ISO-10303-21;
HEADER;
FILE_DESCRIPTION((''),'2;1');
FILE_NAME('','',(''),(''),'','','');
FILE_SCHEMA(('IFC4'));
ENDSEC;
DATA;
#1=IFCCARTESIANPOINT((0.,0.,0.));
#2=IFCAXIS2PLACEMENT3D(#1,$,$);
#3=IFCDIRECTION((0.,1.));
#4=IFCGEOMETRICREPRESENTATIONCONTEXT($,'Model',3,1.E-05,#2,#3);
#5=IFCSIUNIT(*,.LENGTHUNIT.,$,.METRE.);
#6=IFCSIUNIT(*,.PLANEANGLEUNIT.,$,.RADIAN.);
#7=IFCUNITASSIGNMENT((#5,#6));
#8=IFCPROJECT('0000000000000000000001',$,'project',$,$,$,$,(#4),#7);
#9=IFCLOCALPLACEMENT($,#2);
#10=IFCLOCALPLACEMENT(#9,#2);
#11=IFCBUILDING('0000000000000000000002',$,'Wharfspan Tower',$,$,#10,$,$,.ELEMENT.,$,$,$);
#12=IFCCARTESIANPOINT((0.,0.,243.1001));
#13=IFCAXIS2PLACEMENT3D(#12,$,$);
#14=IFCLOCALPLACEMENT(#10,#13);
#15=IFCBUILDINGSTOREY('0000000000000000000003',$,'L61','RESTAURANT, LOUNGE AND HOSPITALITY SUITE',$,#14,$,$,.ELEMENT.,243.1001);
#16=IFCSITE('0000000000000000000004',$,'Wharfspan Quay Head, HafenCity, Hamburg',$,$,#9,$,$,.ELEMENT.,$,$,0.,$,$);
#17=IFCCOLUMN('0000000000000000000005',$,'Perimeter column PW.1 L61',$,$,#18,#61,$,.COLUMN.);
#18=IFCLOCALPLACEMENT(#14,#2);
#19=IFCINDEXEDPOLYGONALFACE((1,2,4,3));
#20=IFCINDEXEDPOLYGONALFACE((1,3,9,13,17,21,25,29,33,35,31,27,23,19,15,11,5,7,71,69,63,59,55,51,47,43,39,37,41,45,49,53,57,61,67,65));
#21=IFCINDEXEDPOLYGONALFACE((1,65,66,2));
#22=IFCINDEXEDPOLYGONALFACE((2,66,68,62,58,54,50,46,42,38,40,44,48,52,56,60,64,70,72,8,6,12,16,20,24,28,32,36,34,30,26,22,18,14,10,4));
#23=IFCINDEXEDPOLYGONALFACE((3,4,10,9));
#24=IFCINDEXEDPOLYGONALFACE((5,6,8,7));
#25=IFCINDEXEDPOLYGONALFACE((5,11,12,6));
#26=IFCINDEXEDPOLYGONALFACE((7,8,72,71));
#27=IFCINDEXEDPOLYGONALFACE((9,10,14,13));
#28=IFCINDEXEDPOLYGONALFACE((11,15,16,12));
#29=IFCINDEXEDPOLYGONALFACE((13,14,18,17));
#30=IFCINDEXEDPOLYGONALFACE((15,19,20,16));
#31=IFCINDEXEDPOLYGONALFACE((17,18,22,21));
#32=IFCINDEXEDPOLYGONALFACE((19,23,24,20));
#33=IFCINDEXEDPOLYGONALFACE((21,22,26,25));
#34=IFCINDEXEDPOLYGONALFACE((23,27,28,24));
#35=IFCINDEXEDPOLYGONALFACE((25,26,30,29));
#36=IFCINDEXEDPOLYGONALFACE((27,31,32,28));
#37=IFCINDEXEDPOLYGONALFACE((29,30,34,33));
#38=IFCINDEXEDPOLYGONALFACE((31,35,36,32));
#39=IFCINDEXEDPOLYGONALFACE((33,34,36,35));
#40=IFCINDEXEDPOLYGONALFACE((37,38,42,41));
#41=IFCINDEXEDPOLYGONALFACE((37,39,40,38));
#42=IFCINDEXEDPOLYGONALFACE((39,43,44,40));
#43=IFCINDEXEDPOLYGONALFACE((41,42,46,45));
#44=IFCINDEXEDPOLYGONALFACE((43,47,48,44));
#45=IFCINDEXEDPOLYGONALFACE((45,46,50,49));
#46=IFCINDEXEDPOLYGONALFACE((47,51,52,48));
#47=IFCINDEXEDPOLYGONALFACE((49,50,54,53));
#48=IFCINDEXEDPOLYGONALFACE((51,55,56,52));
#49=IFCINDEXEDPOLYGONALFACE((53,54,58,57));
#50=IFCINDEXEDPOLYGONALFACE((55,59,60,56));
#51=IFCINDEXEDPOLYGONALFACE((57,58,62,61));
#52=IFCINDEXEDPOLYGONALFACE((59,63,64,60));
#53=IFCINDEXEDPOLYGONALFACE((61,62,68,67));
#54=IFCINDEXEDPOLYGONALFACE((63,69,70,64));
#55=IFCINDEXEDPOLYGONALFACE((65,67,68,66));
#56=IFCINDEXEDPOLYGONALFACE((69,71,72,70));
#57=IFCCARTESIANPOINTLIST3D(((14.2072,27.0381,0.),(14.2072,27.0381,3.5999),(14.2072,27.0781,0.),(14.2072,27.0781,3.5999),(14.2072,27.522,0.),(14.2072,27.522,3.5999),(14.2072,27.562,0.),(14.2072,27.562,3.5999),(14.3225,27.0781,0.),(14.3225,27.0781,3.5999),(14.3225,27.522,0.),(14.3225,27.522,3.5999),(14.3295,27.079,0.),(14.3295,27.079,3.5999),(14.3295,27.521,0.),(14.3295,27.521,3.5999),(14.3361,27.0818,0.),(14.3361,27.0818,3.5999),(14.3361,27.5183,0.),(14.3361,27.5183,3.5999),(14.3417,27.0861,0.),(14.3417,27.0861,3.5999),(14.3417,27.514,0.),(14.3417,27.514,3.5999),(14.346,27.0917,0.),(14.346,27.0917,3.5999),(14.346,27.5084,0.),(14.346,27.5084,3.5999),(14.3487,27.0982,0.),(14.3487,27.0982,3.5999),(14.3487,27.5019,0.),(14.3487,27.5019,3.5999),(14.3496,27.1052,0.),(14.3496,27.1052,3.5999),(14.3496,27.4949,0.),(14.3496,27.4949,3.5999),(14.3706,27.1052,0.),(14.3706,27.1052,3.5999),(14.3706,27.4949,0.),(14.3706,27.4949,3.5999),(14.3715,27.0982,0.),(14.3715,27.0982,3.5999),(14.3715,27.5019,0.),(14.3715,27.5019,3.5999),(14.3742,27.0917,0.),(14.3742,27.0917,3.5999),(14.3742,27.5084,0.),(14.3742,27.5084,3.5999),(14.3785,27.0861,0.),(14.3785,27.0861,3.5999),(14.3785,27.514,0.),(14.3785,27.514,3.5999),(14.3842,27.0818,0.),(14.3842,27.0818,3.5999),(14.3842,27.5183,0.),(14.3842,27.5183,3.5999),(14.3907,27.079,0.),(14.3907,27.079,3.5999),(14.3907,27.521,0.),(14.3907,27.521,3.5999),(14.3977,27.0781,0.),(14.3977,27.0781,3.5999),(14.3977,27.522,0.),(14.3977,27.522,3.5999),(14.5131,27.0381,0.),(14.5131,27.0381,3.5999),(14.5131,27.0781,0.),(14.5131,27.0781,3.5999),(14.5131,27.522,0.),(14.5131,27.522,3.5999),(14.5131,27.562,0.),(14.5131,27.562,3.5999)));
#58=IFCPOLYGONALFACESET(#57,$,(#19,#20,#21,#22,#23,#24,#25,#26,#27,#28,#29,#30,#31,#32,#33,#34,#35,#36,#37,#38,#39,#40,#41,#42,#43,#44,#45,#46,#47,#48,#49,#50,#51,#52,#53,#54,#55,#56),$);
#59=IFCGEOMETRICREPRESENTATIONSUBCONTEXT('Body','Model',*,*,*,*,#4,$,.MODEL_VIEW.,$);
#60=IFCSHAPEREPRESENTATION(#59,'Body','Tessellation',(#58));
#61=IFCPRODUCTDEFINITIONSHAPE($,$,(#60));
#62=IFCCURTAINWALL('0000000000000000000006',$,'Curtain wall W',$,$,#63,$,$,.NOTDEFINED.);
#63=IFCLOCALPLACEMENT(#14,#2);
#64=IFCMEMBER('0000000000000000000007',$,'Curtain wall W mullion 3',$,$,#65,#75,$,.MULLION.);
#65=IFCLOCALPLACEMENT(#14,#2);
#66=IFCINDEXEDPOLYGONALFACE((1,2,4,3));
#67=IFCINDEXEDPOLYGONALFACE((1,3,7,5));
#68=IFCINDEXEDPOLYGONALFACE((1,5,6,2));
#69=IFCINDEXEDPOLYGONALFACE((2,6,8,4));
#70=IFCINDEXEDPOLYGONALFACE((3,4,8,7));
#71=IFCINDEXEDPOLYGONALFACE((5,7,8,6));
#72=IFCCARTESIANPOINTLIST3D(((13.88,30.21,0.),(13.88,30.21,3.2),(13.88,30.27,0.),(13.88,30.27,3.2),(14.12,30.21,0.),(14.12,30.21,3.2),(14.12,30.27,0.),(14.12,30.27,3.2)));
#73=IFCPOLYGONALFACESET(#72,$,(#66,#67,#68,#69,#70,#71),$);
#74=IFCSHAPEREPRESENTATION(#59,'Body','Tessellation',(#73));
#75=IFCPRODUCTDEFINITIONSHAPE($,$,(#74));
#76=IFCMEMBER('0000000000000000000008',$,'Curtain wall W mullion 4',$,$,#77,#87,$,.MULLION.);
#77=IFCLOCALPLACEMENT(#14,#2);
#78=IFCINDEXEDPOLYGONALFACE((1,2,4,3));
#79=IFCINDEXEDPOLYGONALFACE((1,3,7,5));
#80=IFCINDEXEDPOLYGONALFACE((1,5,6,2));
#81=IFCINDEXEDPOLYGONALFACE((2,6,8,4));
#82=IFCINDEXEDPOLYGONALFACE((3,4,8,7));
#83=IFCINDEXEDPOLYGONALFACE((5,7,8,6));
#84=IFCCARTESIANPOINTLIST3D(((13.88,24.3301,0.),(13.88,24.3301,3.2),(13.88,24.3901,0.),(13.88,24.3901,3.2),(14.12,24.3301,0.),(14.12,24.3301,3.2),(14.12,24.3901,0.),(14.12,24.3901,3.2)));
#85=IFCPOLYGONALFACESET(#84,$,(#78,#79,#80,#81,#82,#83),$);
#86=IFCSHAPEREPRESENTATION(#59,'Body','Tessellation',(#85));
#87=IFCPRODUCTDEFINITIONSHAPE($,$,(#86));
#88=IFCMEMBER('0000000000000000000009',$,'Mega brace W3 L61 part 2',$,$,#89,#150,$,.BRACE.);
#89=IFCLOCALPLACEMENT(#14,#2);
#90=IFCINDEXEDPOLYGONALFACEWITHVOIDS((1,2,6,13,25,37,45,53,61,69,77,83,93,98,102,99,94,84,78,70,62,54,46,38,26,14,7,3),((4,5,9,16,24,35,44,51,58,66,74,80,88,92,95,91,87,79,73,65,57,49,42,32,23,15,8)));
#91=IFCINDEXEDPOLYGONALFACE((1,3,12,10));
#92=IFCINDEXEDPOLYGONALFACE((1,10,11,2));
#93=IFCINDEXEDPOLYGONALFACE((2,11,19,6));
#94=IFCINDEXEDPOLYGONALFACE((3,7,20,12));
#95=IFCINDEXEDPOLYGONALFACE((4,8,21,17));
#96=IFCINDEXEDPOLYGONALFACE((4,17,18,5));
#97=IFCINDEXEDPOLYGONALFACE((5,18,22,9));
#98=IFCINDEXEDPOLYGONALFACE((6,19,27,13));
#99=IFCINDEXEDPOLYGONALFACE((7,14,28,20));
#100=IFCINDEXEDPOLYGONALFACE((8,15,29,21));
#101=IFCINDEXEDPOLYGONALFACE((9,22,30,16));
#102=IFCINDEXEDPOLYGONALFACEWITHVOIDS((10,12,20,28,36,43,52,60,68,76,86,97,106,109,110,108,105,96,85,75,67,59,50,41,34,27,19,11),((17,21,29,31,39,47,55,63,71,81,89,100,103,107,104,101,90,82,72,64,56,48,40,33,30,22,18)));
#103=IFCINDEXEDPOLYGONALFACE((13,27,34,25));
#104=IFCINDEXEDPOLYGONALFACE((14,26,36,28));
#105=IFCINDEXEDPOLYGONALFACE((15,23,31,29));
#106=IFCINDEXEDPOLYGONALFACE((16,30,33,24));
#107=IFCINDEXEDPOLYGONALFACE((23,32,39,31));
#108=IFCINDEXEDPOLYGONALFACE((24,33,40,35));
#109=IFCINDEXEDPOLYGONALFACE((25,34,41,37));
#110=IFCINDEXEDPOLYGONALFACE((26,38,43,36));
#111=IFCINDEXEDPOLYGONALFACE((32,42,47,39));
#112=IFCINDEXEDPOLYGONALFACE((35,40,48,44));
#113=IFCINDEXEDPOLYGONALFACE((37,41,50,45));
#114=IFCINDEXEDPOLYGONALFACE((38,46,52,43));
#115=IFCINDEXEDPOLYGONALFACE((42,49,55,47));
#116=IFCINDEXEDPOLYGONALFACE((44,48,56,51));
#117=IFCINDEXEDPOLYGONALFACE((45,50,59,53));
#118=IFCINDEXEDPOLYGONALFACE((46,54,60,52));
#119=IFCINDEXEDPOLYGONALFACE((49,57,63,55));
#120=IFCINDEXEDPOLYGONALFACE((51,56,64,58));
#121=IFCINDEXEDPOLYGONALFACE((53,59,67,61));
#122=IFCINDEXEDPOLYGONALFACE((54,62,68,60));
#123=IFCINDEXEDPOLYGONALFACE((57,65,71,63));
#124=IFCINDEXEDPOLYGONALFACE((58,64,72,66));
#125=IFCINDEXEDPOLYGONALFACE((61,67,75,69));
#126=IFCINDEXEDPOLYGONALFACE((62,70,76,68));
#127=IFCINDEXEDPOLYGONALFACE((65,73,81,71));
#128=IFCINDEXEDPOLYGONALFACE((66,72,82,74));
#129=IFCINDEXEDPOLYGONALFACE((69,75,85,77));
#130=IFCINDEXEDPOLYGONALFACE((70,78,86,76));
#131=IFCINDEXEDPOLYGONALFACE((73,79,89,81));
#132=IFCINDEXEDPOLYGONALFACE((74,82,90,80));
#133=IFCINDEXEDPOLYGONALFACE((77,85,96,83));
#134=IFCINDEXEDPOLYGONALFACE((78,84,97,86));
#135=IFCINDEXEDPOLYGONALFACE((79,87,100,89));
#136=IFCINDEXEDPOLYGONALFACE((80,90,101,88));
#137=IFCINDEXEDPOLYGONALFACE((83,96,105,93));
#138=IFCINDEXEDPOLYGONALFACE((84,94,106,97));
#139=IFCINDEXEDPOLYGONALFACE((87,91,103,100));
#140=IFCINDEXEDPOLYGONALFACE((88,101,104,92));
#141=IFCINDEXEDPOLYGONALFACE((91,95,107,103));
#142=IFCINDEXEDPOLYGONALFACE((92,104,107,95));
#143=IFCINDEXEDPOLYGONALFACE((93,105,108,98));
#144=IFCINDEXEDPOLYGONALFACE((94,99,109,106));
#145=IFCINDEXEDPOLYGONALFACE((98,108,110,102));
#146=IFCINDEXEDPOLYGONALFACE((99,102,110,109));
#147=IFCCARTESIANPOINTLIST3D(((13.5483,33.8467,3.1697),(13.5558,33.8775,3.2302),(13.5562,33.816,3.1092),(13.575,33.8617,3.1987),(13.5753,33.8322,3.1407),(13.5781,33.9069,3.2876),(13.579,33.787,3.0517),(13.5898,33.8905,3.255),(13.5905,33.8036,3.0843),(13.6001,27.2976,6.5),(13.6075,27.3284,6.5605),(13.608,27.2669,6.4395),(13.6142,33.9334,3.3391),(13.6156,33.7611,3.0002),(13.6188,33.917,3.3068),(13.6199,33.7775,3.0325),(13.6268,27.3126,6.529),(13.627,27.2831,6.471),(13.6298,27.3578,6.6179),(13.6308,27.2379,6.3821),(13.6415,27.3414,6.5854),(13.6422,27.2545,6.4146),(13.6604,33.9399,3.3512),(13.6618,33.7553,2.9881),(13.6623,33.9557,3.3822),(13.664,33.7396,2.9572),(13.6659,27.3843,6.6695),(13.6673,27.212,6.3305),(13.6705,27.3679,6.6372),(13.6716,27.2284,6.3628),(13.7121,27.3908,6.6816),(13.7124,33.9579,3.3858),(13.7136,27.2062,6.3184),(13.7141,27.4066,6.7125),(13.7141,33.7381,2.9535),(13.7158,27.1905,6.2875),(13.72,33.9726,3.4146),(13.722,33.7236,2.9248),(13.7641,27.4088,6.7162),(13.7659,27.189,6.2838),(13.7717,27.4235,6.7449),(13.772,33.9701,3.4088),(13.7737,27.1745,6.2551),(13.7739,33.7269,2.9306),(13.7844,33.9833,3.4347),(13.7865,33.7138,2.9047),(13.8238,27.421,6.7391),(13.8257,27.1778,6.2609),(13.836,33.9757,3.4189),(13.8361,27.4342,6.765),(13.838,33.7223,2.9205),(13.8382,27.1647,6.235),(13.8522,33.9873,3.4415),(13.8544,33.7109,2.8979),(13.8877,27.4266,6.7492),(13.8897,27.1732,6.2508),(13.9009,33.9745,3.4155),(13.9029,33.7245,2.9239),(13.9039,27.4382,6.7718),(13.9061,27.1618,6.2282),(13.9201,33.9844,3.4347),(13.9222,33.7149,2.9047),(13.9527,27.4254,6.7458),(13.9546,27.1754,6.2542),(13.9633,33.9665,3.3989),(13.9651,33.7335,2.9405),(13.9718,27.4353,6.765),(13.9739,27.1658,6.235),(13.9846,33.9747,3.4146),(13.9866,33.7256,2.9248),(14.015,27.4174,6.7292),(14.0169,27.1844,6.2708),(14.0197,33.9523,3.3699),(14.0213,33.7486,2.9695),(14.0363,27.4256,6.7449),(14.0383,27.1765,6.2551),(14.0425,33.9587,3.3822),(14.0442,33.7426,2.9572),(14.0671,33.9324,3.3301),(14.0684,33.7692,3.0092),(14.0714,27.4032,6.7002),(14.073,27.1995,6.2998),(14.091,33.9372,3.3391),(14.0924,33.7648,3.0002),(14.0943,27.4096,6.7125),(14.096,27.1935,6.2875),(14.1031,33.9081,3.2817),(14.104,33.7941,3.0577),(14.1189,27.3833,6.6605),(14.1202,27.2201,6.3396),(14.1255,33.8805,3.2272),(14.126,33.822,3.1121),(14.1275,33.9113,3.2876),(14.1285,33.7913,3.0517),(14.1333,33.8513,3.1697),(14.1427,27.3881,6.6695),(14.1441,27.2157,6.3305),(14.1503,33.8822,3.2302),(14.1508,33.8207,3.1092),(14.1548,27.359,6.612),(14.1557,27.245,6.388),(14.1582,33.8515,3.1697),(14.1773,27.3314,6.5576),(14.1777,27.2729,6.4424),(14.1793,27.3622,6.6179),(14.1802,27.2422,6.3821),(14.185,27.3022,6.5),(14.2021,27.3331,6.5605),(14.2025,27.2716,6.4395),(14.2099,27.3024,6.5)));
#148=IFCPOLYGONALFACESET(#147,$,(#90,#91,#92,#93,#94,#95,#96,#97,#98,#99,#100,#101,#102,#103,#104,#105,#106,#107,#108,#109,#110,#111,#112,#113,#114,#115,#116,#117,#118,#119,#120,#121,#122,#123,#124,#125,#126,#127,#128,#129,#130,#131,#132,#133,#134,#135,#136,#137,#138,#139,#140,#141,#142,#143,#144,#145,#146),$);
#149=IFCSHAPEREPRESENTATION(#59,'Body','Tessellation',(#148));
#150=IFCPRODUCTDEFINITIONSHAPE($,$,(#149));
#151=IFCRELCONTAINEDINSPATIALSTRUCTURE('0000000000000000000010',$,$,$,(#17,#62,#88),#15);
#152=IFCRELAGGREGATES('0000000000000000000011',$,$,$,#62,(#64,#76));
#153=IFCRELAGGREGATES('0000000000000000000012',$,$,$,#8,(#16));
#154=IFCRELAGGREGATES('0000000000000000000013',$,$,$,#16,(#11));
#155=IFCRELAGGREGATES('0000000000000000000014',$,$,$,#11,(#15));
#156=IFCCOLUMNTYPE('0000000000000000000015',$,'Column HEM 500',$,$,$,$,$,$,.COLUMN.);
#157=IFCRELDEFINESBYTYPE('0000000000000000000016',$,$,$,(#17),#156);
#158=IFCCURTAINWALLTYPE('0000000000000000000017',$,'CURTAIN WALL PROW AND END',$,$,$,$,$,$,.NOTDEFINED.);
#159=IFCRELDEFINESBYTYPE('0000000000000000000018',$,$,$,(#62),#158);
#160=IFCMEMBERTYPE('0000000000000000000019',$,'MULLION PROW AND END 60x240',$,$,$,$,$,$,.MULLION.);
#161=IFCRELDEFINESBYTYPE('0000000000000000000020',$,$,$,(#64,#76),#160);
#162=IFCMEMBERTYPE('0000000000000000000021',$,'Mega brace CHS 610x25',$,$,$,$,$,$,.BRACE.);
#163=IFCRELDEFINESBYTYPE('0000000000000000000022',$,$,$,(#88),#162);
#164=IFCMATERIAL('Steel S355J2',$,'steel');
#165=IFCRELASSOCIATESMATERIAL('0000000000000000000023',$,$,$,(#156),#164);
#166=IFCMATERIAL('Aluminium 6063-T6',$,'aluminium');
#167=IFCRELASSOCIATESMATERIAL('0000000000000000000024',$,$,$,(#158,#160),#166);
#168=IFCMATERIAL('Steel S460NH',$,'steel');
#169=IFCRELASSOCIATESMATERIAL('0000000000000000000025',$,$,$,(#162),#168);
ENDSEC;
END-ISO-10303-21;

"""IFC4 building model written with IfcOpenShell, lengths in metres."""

from ifc_helpers import new_model, si_unit, direction, frame, origin, origin_2d, place, context, subcontext, project, spatial, rectangle, hollow_circle, i_section, extrude, material, material_profile, profile_set, type_object, element, aggregate, save


model = new_model("IFC4")

# Units and contexts
model_context = context("Model", 3, precision=1e-05, world=origin(), true_north=direction((0.0, 1.0)))
body_context = subcontext(model_context, "Body", "Model", "MODEL_VIEW")
ifc_project = project(units=[si_unit("LENGTHUNIT", "METRE"), si_unit("PLANEANGLEUNIT", "RADIAN")], contexts=[model_context])

# Site, building, storey
site_placement = place(None, origin())
site = spatial("IfcSite", under=ifc_project, at=site_placement, Name="Wharfspan Quay Head, HafenCity, Hamburg", CompositionType="ELEMENT", RefElevation=0.0)
building_placement = place(site_placement, origin())
building = spatial("IfcBuilding", under=site, at=building_placement, Name="Wharfspan Tower", CompositionType="ELEMENT")
storey_placement = place(building_placement, frame((0.0, 0.0, 243.1001)))
storey = spatial("IfcBuildingStorey", under=building, at=storey_placement, Name="L61", Description="RESTAURANT, LOUNGE AND HOSPITALITY SUITE", CompositionType="ELEMENT", Elevation=243.1001)

# Column
ifc_material_1 = material(Name="Steel S355J2", Category="steel")
ifc_material_profile_1 = material_profile(ifc_material_1, i_section(OverallWidth=0.3059, OverallDepth=0.5239, WebThickness=0.021, FlangeThickness=0.04, FilletRadius=0.0271, at=origin_2d()))
ifc_profile_set_1 = profile_set([ifc_material_profile_1], Name="Steel S355J2")
column_type = type_object("IfcColumnType", Name="Column HEM 500", PredefinedType="COLUMN", material=ifc_profile_set_1)
column_placement = place(storey_placement, frame((14.3601, 27.3, 0.0), z_axis=(0.0, 0.0, 1.0), x_axis=(-1.0, 0.0, 0.0)))
element("IfcColumn", 1, at=column_placement, inside=storey, type_object=column_type, Name="Perimeter column PW.1 L61", PredefinedType="COLUMN", context=body_context, shape_type="SweptSolid", body=[
    extrude(i_section(OverallWidth=0.3059, OverallDepth=0.5239, WebThickness=0.021, FlangeThickness=0.04, FilletRadius=0.0271, at=origin_2d()), origin(), (0.0, 0.0, 1.0), 3.5999),
])

# Curtain wall, members
ifc_material_2 = material(Name="Aluminium 6063-T6", Category="aluminium")
curtain_wall_type = type_object("IfcCurtainWallType", Name="CURTAIN WALL PROW AND END", PredefinedType="NOTDEFINED", material=ifc_material_2)
curtain_wall_placement = place(storey_placement, origin())
curtain_wall = element("IfcCurtainWall", 2, at=curtain_wall_placement, inside=storey, type_object=curtain_wall_type, Name="Curtain wall W", PredefinedType="NOTDEFINED")
ifc_material_profile_2 = material_profile(ifc_material_2, rectangle(XDim=0.24, YDim=0.0601, at=origin_2d()))
ifc_profile_set_2 = profile_set([ifc_material_profile_2], Name="Aluminium 6063-T6")
member_type_1 = type_object("IfcMemberType", Name="MULLION PROW AND END 60x240", PredefinedType="MULLION", material=ifc_profile_set_2)
member_1_placement = place(storey_placement, frame((14.0, 30.24, 0.0), z_axis=(0.0, 0.0, 1.0), x_axis=(1.0, 0.0, 0.0)))
member_1 = element("IfcMember", 3, at=member_1_placement, type_object=member_type_1, Name="Curtain wall W mullion 3", PredefinedType="MULLION", context=body_context, shape_type="SweptSolid", body=[
    extrude(rectangle(XDim=0.24, YDim=0.0601, at=origin_2d()), origin(), (0.0, 0.0, 1.0), 3.2),
])
member_2_placement = place(storey_placement, frame((14.0, 24.3601, 0.0), z_axis=(0.0, 0.0, 1.0), x_axis=(1.0, 0.0, 0.0)))
member_2 = element("IfcMember", 4, at=member_2_placement, type_object=member_type_1, Name="Curtain wall W mullion 4", PredefinedType="MULLION", context=body_context, shape_type="SweptSolid", body=[
    extrude(rectangle(XDim=0.24, YDim=0.0601, at=origin_2d()), origin(), (0.0, 0.0, 1.0), 3.2),
])

# Member
ifc_material_3 = material(Name="Steel S460NH", Category="steel")
ifc_material_profile_3 = material_profile(ifc_material_3, hollow_circle(Radius=0.3049, WallThickness=0.0249, at=origin_2d()))
ifc_profile_set_3 = profile_set([ifc_material_profile_3], Name="Steel S460NH")
member_type_2 = type_object("IfcMemberType", Name="Mega brace CHS 610x25", PredefinedType="BRACE", material=ifc_profile_set_3)
member_3_placement = place(storey_placement, frame((13.8533, 33.8491, 3.1697), z_axis=(0.007044, -0.891347, 0.453266), x_axis=(0.999973, 0.007904, 0.000003)))
element("IfcMember", 5, at=member_3_placement, inside=storey, type_object=member_type_2, Name="Mega brace W3 L61 part 2", PredefinedType="BRACE", context=body_context, shape_type="SweptSolid", body=[
    extrude(hollow_circle(Radius=0.3049, WallThickness=0.0249, at=origin_2d()), origin(), (0.0, 0.0, 1.0), 7.3474),
])

aggregate(curtain_wall, [member_1, member_2])

save(model, "model.ifc")
